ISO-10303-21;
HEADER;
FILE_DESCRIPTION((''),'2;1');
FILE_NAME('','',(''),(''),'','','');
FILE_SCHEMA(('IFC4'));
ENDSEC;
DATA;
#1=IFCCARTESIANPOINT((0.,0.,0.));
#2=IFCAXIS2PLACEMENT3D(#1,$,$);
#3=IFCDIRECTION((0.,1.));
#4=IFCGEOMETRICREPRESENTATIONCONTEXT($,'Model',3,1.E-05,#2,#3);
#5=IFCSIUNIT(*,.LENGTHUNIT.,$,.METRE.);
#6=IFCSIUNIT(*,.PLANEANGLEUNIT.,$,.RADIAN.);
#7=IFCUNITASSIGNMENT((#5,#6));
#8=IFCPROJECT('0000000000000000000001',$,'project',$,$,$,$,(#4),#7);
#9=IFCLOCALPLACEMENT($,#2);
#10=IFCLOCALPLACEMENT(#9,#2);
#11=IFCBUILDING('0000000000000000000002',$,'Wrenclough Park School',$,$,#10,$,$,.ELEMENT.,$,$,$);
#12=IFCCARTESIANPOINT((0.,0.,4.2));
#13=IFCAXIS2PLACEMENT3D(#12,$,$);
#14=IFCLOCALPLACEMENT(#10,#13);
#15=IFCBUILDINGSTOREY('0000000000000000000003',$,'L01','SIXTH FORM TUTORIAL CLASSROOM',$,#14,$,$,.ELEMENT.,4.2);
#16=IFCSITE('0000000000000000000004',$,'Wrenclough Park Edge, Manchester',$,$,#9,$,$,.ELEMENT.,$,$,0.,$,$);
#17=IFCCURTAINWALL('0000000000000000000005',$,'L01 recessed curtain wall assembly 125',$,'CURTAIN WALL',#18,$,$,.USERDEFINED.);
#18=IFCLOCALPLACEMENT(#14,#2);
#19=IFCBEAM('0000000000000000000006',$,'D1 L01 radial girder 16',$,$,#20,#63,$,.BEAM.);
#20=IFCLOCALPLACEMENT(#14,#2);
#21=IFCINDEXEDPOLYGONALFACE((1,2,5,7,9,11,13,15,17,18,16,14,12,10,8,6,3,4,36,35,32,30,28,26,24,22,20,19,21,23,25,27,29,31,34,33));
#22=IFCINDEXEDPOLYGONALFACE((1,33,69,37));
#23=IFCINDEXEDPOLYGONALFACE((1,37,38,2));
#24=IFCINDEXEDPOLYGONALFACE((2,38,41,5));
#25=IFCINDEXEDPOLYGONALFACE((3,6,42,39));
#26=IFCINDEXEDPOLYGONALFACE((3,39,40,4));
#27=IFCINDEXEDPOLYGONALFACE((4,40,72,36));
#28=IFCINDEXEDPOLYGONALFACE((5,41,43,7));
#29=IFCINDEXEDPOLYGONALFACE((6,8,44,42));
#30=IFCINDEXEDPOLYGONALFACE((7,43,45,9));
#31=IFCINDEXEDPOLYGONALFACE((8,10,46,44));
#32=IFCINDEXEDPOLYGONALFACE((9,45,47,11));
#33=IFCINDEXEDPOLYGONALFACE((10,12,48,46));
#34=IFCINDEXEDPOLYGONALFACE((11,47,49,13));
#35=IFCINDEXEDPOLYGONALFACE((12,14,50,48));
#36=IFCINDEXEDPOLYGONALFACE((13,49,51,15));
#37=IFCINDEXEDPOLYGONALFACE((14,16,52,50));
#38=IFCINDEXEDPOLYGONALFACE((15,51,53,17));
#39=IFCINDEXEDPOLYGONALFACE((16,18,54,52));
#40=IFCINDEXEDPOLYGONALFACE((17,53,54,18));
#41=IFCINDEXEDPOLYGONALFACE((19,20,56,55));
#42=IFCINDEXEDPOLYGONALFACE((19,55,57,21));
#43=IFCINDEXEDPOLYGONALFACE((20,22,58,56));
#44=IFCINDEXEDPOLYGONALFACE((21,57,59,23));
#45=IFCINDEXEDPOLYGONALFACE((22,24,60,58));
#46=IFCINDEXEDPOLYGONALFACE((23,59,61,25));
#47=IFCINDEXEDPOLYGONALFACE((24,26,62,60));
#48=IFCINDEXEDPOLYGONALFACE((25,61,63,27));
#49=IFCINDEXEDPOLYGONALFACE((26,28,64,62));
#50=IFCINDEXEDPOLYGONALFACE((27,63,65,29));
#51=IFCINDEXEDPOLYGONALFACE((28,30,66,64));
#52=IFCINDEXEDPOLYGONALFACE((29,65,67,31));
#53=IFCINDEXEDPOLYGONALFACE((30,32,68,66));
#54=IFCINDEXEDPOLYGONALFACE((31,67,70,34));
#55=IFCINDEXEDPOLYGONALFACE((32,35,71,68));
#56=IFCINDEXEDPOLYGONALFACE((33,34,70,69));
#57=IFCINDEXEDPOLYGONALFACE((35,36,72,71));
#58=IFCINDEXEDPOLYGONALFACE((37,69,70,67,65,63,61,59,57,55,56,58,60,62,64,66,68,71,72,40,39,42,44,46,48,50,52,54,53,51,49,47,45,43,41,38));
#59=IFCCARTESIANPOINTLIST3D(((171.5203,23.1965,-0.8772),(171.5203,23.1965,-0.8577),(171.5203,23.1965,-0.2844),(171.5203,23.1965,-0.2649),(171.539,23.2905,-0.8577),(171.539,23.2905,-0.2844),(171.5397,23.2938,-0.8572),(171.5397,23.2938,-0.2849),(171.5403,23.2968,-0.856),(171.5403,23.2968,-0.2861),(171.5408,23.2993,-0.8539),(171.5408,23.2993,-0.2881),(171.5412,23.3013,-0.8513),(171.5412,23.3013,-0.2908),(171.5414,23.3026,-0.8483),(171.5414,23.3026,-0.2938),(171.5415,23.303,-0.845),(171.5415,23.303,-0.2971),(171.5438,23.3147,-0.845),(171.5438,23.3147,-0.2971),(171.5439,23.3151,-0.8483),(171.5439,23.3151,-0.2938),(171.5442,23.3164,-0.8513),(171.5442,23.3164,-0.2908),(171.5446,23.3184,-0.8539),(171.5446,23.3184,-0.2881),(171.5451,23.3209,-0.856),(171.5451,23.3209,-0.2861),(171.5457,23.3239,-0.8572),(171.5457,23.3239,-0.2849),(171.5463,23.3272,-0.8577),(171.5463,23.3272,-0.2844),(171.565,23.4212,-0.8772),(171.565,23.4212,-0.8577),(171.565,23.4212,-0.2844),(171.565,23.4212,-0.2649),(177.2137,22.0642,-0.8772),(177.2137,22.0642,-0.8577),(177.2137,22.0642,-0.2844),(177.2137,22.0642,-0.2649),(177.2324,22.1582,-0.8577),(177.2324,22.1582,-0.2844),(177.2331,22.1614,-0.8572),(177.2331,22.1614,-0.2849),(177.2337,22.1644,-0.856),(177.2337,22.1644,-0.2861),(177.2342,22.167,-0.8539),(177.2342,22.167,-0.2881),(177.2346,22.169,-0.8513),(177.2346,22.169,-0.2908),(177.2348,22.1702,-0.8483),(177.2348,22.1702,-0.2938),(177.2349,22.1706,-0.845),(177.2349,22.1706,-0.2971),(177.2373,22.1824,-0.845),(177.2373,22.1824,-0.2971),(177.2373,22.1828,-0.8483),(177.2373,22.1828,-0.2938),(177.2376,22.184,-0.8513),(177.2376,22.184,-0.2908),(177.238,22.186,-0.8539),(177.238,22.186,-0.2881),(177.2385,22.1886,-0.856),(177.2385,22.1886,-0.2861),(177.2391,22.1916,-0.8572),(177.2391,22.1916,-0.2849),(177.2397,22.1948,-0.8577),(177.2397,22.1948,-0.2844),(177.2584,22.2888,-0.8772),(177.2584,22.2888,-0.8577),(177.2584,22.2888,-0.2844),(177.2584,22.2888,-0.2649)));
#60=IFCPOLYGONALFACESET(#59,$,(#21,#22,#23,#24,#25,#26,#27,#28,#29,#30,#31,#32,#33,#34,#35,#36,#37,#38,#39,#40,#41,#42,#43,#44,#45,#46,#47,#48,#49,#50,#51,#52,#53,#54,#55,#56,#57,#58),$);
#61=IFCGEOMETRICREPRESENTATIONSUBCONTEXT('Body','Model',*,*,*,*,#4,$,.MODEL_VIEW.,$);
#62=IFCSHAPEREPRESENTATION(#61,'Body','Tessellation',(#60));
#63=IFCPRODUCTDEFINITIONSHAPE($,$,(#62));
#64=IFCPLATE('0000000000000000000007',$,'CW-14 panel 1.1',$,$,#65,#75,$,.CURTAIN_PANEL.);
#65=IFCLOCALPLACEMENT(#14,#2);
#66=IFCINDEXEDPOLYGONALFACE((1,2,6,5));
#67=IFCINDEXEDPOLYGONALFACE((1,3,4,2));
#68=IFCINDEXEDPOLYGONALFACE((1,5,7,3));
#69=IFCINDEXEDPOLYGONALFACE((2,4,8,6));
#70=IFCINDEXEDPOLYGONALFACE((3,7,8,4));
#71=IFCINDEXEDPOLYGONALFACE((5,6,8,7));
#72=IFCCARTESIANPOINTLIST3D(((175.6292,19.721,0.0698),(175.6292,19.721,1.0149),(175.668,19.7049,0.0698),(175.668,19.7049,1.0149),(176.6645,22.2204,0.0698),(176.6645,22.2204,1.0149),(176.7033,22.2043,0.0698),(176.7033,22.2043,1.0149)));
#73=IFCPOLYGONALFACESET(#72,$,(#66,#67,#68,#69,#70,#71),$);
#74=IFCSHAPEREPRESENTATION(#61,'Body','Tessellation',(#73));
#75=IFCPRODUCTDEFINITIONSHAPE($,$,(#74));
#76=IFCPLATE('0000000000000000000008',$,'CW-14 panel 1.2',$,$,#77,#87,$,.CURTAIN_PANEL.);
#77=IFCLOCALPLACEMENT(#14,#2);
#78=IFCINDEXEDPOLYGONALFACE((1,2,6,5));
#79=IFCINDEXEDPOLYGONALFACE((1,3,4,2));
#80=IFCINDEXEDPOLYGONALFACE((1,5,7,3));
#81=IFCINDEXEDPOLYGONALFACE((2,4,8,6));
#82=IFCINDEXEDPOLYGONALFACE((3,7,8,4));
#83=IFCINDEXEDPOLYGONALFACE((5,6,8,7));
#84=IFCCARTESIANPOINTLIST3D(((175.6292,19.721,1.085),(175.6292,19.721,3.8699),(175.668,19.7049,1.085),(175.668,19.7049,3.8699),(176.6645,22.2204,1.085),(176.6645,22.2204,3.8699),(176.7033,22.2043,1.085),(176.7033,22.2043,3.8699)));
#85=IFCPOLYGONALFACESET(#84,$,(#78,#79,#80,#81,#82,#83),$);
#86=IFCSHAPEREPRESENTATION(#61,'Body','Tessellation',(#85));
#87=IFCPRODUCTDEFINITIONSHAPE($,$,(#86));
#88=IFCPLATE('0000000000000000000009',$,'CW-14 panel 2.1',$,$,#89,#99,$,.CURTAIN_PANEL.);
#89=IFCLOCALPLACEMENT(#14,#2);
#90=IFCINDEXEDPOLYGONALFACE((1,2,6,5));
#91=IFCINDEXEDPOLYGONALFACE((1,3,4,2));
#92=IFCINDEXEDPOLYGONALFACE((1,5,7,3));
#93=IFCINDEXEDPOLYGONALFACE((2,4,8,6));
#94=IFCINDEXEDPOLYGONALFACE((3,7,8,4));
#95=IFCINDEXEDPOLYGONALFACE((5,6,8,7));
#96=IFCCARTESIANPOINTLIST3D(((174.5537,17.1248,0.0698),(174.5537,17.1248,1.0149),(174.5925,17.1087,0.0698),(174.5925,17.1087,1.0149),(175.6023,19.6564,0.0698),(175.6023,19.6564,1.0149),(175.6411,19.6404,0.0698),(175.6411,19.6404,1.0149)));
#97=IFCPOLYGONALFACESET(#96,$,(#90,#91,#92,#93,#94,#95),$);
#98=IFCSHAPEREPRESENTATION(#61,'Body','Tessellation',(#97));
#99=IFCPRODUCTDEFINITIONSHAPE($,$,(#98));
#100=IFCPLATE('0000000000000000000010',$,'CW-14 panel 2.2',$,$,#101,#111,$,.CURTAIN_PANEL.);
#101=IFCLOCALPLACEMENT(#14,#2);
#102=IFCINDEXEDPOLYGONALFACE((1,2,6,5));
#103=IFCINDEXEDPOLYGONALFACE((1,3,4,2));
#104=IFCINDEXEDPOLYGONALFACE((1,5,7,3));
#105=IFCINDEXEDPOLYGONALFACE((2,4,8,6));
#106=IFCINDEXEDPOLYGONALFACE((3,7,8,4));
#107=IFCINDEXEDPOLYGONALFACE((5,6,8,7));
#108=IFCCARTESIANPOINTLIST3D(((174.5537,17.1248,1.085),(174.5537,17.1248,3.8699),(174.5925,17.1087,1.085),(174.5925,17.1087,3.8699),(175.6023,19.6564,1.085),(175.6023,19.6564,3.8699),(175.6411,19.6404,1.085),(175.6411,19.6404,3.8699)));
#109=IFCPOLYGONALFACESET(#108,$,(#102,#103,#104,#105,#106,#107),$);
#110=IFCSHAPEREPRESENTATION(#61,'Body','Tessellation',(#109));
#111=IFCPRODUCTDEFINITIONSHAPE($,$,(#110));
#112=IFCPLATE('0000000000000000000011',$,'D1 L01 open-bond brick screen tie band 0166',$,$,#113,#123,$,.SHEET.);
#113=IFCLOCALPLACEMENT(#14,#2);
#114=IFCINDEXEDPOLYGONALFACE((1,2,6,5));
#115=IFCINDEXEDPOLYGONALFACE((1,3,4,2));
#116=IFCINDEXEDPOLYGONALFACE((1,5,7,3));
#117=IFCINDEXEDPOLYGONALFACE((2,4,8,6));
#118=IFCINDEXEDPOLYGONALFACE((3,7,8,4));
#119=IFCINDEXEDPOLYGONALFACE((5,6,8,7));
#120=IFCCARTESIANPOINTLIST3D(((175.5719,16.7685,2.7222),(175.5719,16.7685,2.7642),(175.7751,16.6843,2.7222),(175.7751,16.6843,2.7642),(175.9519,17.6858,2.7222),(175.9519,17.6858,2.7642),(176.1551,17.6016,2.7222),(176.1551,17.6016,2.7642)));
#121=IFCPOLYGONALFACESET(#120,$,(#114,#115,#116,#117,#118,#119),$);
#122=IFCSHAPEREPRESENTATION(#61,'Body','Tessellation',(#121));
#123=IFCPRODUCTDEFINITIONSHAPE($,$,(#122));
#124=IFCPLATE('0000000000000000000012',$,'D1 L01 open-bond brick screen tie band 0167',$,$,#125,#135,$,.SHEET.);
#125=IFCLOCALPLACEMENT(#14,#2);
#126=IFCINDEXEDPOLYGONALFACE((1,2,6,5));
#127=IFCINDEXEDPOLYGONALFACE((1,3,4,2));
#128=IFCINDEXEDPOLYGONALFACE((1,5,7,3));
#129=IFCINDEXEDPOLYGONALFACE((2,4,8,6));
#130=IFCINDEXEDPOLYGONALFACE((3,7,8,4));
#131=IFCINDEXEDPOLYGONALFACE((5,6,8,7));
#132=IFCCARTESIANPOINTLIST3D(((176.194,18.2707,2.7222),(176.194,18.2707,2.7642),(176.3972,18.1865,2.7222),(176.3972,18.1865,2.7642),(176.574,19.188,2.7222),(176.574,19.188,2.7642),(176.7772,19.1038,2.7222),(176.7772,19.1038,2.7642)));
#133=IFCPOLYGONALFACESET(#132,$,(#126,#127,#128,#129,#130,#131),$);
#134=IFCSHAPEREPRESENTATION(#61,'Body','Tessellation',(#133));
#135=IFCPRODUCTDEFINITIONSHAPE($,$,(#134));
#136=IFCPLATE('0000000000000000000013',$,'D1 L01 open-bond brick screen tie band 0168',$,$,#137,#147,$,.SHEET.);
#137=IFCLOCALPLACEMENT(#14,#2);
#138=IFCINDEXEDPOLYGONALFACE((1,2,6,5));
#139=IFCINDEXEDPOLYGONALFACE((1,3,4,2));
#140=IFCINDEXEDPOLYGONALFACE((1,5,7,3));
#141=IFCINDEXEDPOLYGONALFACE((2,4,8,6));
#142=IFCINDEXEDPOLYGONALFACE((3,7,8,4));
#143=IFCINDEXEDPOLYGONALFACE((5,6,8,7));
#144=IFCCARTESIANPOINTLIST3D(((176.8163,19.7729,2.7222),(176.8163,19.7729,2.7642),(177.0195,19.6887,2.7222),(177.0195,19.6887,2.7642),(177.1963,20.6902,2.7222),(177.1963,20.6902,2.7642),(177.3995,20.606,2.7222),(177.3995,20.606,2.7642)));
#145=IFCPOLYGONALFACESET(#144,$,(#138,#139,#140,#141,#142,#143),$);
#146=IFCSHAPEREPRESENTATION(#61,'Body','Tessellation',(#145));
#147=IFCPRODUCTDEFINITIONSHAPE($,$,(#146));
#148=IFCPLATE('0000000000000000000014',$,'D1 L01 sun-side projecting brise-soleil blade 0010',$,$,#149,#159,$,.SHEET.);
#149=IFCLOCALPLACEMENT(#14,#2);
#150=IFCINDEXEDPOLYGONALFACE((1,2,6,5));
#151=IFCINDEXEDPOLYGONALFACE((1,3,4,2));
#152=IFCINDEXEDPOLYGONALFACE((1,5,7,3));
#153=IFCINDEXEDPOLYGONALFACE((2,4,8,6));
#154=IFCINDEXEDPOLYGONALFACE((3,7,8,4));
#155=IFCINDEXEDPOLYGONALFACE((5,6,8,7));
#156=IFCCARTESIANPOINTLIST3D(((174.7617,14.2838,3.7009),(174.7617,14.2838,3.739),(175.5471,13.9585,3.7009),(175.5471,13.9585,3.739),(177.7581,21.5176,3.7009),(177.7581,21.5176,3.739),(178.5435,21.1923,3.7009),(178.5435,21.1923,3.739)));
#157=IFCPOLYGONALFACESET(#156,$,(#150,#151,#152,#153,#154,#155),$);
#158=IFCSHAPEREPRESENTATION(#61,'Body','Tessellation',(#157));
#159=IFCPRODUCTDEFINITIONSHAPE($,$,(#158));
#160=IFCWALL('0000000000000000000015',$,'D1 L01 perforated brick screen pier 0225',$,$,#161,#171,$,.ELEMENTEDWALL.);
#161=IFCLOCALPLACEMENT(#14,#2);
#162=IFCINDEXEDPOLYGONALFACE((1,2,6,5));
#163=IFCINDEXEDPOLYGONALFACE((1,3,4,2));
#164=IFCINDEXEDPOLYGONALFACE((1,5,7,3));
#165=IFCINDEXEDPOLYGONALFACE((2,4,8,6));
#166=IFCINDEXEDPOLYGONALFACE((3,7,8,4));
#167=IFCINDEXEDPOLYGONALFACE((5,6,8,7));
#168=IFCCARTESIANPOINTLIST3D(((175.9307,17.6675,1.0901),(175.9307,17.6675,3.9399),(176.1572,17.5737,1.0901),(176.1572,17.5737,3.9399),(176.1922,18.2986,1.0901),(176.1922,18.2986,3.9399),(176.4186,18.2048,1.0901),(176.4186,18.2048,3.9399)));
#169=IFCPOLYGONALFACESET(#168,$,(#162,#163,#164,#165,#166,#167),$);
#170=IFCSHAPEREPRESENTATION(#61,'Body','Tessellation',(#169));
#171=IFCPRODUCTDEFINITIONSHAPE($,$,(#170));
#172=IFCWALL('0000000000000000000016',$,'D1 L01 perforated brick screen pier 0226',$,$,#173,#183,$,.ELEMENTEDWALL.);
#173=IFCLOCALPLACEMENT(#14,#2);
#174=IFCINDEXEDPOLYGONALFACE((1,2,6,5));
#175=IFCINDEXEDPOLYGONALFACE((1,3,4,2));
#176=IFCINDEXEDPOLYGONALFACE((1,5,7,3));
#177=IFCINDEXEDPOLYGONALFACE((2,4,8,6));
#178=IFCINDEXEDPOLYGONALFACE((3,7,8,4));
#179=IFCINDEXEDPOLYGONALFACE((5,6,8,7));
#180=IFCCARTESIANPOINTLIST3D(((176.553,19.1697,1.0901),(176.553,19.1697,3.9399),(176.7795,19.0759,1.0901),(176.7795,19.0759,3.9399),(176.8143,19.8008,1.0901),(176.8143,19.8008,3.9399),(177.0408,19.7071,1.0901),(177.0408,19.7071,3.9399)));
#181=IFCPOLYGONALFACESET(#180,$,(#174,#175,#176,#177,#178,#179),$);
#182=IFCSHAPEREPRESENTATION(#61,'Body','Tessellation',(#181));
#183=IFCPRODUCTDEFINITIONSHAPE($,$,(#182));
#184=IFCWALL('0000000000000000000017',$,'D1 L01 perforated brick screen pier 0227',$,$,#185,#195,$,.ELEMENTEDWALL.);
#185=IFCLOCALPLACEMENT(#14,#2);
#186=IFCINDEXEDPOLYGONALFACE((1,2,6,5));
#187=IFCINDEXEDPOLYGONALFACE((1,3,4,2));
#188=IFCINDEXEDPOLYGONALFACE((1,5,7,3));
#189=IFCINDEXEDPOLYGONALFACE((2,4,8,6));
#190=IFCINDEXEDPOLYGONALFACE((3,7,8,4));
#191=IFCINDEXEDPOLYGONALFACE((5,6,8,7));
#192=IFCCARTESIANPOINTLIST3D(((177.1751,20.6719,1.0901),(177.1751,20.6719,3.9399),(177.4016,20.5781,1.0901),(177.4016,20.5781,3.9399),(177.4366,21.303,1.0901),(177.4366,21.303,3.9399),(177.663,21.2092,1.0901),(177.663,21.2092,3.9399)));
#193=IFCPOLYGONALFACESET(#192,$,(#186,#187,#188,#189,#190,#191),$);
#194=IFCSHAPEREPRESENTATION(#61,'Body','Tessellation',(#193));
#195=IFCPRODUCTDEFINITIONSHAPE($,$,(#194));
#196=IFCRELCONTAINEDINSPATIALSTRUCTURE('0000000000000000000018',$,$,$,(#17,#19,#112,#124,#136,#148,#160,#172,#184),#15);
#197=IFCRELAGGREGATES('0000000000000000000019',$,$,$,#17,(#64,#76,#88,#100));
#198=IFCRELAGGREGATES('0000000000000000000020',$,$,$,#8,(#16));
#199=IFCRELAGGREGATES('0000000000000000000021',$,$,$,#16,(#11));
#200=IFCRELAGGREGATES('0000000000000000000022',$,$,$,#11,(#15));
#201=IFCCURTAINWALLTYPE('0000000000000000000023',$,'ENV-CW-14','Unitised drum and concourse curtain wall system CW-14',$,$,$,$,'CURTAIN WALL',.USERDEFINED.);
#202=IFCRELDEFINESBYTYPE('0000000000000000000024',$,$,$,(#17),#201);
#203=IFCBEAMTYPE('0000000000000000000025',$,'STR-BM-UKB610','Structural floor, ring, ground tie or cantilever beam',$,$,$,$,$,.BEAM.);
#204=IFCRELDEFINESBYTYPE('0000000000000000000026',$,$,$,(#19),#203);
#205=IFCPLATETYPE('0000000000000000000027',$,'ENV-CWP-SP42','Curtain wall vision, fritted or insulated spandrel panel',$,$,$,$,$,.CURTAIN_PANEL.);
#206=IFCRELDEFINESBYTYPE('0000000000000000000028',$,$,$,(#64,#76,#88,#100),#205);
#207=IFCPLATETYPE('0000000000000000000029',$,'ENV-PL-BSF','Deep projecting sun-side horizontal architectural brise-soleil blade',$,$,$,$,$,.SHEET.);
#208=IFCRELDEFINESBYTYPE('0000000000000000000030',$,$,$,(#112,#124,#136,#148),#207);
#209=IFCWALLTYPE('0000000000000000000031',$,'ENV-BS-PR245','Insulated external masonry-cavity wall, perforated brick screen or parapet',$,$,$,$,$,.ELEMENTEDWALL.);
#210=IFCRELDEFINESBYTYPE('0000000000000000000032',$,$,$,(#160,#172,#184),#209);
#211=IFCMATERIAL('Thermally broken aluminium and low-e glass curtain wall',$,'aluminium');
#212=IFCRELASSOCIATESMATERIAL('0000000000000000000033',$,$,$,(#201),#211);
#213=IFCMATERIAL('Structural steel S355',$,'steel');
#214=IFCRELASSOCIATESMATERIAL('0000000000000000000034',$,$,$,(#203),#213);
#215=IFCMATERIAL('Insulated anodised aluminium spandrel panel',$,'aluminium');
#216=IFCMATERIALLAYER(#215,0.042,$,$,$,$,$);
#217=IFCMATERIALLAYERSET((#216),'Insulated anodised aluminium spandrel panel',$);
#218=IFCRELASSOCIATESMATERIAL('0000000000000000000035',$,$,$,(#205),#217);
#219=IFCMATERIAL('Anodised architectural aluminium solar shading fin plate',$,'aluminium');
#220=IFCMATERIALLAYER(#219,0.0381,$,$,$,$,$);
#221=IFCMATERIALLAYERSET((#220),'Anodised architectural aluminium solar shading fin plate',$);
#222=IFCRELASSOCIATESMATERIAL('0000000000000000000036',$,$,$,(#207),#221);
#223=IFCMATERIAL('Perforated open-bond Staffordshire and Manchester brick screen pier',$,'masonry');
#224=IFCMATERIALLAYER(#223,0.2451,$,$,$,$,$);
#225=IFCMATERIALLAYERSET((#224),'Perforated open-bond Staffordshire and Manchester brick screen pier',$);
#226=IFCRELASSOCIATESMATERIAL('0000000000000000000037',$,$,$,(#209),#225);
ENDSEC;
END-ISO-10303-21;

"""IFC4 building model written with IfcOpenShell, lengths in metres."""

from ifc_helpers import new_model, si_unit, direction, frame, frame_2d, origin, origin_2d, place, context, subcontext, project, spatial, rectangle, i_section, extrude, material, layer, layer_set, material_profile, profile_set, type_object, element, aggregate, save


model = new_model("IFC4")

# Units and contexts
model_context = context("Model", 3, precision=1e-05, world=origin(), true_north=direction((0.0, 1.0)))
body_context = subcontext(model_context, "Body", "Model", "MODEL_VIEW")
ifc_project = project(units=[si_unit("LENGTHUNIT", "METRE"), si_unit("PLANEANGLEUNIT", "RADIAN")], contexts=[model_context])

# Site, building, storey
site_placement = place(None, origin())
site = spatial("IfcSite", under=ifc_project, at=site_placement, Name="Wrenclough Park Edge, Manchester", CompositionType="ELEMENT", RefElevation=0.0)
building_placement = place(site_placement, origin())
building = spatial("IfcBuilding", under=site, at=building_placement, Name="Wrenclough Park School", CompositionType="ELEMENT")
storey_placement = place(building_placement, frame((0.0, 0.0, 4.2)))
storey = spatial("IfcBuildingStorey", under=building, at=storey_placement, Name="L01", Description="SIXTH FORM TUTORIAL CLASSROOM", CompositionType="ELEMENT", Elevation=4.2)

# Shared definitions
ifc_material_1 = material(Name="Structural steel S355", Category="steel")

# Curtain wall
ifc_material_2 = material(Name="Thermally broken aluminium and low-e glass curtain wall", Category="aluminium")
curtain_wall_type = type_object("IfcCurtainWallType", Name="ENV-CW-14", Description="Unitised drum and concourse curtain wall system CW-14", ElementType="CURTAIN WALL", PredefinedType="USERDEFINED", material=ifc_material_2)
curtain_wall_placement = place(storey_placement, origin())
curtain_wall = element("IfcCurtainWall", 1, at=curtain_wall_placement, inside=storey, type_object=curtain_wall_type, Name="L01 recessed curtain wall assembly 125", ObjectType="CURTAIN WALL", PredefinedType="USERDEFINED")

# Beam
ifc_material_profile_1 = material_profile(ifc_material_1, i_section(OverallWidth=0.229, OverallDepth=0.6123, WebThickness=0.012, FlangeThickness=0.0195, FilletRadius=0.0127, at=origin_2d()), Name="UKB 610x229x125")
ifc_profile_set_1 = profile_set([ifc_material_profile_1], Name="Structural steel S355")
beam_type_1 = type_object("IfcBeamType", Name="STR-BM-UKB610", Description="Structural floor, ring, ground tie or cantilever beam", PredefinedType="BEAM", material=ifc_profile_set_1)
beam_1_placement = place(storey_placement, frame((177.2361, 22.1765, -0.571), z_axis=(-0.98079, 0.195065, 0.0), x_axis=(-0.195065, -0.98079, 0.0)))
element("IfcBeam", 2, at=beam_1_placement, inside=storey, type_object=beam_type_1, Name="D1 L01 radial girder 16", PredefinedType="BEAM", context=body_context, shape_type="SweptSolid", body=[
    extrude(i_section(OverallWidth=0.229, OverallDepth=0.6123, WebThickness=0.012, FlangeThickness=0.0195, FilletRadius=0.0127, at=origin_2d()), origin(), (0.0, 0.0, 1.0), 5.8049),
])

# Plates
ifc_material_3 = material(Name="Insulated anodised aluminium spandrel panel", Category="aluminium")
ifc_layer_1 = layer(ifc_material_3, 0.042)
ifc_layer_set_1 = layer_set([ifc_layer_1], Name="Insulated anodised aluminium spandrel panel")
plate_type_1 = type_object("IfcPlateType", Name="ENV-CWP-SP42", Description="Curtain wall vision, fritted or insulated spandrel panel", PredefinedType="CURTAIN_PANEL", material=ifc_layer_set_1)
plate_1_placement = place(storey_placement, frame((176.1663, 20.9626, 0.0698), z_axis=(0.0, 0.0, 1.0), x_axis=(-0.382687, -0.923878, 0.0)))
plate_1 = element("IfcPlate", 3, at=plate_1_placement, type_object=plate_type_1, Name="CW-14 panel 1.1", PredefinedType="CURTAIN_PANEL", context=body_context, shape_type="SweptSolid", body=[
    extrude(rectangle(XDim=2.7053, YDim=0.042, at=origin_2d()), origin(), (0.0, 0.0, 1.0), 0.9451),
])
plate_2_placement = place(storey_placement, frame((176.1663, 20.9626, 1.085), z_axis=(0.0, 0.0, 1.0), x_axis=(-0.382687, -0.923878, 0.0)))
plate_2 = element("IfcPlate", 4, at=plate_2_placement, type_object=plate_type_1, Name="CW-14 panel 1.2", PredefinedType="CURTAIN_PANEL", context=body_context, shape_type="SweptSolid", body=[
    extrude(rectangle(XDim=2.7053, YDim=0.042, at=origin_2d()), origin(), (0.0, 0.0, 1.0), 2.7849),
])
plate_3_placement = place(storey_placement, frame((175.0974, 18.3826, 0.0698), z_axis=(0.0, 0.0, 1.0), x_axis=(-0.382687, -0.923878, 0.0)))
plate_3 = element("IfcPlate", 5, at=plate_3_placement, type_object=plate_type_1, Name="CW-14 panel 2.1", PredefinedType="CURTAIN_PANEL", context=body_context, shape_type="SweptSolid", body=[
    extrude(rectangle(XDim=2.7402, YDim=0.042, at=origin_2d()), origin(), (0.0, 0.0, 1.0), 0.9451),
])
plate_4_placement = place(storey_placement, frame((175.0974, 18.3826, 1.085), z_axis=(0.0, 0.0, 1.0), x_axis=(-0.382687, -0.923878, 0.0)))
plate_4 = element("IfcPlate", 6, at=plate_4_placement, type_object=plate_type_1, Name="CW-14 panel 2.2", PredefinedType="CURTAIN_PANEL", context=body_context, shape_type="SweptSolid", body=[
    extrude(rectangle(XDim=2.7402, YDim=0.042, at=origin_2d()), origin(), (0.0, 0.0, 1.0), 2.7849),
])
aggregate(curtain_wall, [plate_1, plate_2, plate_3, plate_4])

# Plates
ifc_material_4 = material(Name="Anodised architectural aluminium solar shading fin plate", Category="aluminium")
ifc_layer_2 = layer(ifc_material_4, 0.0381)
ifc_layer_set_2 = layer_set([ifc_layer_2], Name="Anodised architectural aluminium solar shading fin plate")
plate_type_2 = type_object("IfcPlateType", Name="ENV-PL-BSF", Description="Deep projecting sun-side horizontal architectural brise-soleil blade", PredefinedType="SHEET", material=ifc_layer_set_2)
for number, where, z_axis, x_axis, name in (
    (7, (175.8635, 17.1851, 2.7222), (0.0, 0.0, 1.0), (0.382692, 0.923876, 0.0), "D1 L01 open-bond brick screen tie band 0166"),
    (8, (176.4856, 18.6873, 2.7222), (0.0, 0.0, 1.0), (0.382692, 0.923876, 0.0), "D1 L01 open-bond brick screen tie band 0167"),
    (9, (177.1079, 20.1895, 2.7222), (0.0, 0.0, 1.0), (0.382692, 0.923876, 0.0), "D1 L01 open-bond brick screen tie band 0168"),
):
    element("IfcPlate", number, at=place(storey_placement, frame(where, z_axis=z_axis, x_axis=x_axis)), inside=storey, type_object=plate_type_2, Name=name, PredefinedType="SHEET", context=body_context, shape_type="SweptSolid", body=[
        extrude(rectangle(XDim=0.9929, YDim=0.22, at=origin_2d()), origin(), (0.0, 0.0, 1.0), 0.042),
    ])
plate_5_placement = place(storey_placement, frame((176.6526, 17.738, 3.7009), z_axis=(0.0, 0.0, 1.0), x_axis=(0.382692, 0.923876, 0.0)))
element("IfcPlate", 10, at=plate_5_placement, inside=storey, type_object=plate_type_2, Name="D1 L01 sun-side projecting brise-soleil blade 0010", PredefinedType="SHEET", context=body_context, shape_type="SweptSolid", body=[
    extrude(rectangle(XDim=7.8298, YDim=0.8501, at=origin_2d()), origin(), (0.0, 0.0, 1.0), 0.0381),
])

# Walls
ifc_material_5 = material(Name="Perforated open-bond Staffordshire and Manchester brick screen pier", Category="masonry")
ifc_layer_3 = layer(ifc_material_5, 0.2451)
ifc_layer_set_3 = layer_set([ifc_layer_3], Name="Perforated open-bond Staffordshire and Manchester brick screen pier")
wall_type = type_object("IfcWallType", Name="ENV-BS-PR245", Description="Insulated external masonry-cavity wall, perforated brick screen or parapet", PredefinedType="ELEMENTEDWALL", material=ifc_layer_set_3)
for number, where, z_axis, x_axis, name in (
    (11, (176.0439, 17.6206, 1.0901), (0.0, 0.0, 1.0), (0.382762, 0.923847, 0.0), "D1 L01 perforated brick screen pier 0225"),
    (12, (176.6663, 19.1228, 1.0901), (0.0, 0.0, 1.0), (0.382457, 0.923973, 0.0), "D1 L01 perforated brick screen pier 0226"),
    (13, (177.2883, 20.625, 1.0901), (0.0, 0.0, 1.0), (0.382762, 0.923847, 0.0), "D1 L01 perforated brick screen pier 0227"),
):
    element("IfcWall", number, at=place(storey_placement, frame(where, z_axis=z_axis, x_axis=x_axis)), inside=storey, type_object=wall_type, Name=name, PredefinedType="ELEMENTEDWALL", context=body_context, shape_type="SweptSolid", body=[
        extrude(rectangle(XDim=0.6831, YDim=0.2451, at=frame_2d((0.3416, 0.0))), origin(), (0.0, 0.0, 1.0), 2.8499),
    ])

save(model, "model.ifc")
